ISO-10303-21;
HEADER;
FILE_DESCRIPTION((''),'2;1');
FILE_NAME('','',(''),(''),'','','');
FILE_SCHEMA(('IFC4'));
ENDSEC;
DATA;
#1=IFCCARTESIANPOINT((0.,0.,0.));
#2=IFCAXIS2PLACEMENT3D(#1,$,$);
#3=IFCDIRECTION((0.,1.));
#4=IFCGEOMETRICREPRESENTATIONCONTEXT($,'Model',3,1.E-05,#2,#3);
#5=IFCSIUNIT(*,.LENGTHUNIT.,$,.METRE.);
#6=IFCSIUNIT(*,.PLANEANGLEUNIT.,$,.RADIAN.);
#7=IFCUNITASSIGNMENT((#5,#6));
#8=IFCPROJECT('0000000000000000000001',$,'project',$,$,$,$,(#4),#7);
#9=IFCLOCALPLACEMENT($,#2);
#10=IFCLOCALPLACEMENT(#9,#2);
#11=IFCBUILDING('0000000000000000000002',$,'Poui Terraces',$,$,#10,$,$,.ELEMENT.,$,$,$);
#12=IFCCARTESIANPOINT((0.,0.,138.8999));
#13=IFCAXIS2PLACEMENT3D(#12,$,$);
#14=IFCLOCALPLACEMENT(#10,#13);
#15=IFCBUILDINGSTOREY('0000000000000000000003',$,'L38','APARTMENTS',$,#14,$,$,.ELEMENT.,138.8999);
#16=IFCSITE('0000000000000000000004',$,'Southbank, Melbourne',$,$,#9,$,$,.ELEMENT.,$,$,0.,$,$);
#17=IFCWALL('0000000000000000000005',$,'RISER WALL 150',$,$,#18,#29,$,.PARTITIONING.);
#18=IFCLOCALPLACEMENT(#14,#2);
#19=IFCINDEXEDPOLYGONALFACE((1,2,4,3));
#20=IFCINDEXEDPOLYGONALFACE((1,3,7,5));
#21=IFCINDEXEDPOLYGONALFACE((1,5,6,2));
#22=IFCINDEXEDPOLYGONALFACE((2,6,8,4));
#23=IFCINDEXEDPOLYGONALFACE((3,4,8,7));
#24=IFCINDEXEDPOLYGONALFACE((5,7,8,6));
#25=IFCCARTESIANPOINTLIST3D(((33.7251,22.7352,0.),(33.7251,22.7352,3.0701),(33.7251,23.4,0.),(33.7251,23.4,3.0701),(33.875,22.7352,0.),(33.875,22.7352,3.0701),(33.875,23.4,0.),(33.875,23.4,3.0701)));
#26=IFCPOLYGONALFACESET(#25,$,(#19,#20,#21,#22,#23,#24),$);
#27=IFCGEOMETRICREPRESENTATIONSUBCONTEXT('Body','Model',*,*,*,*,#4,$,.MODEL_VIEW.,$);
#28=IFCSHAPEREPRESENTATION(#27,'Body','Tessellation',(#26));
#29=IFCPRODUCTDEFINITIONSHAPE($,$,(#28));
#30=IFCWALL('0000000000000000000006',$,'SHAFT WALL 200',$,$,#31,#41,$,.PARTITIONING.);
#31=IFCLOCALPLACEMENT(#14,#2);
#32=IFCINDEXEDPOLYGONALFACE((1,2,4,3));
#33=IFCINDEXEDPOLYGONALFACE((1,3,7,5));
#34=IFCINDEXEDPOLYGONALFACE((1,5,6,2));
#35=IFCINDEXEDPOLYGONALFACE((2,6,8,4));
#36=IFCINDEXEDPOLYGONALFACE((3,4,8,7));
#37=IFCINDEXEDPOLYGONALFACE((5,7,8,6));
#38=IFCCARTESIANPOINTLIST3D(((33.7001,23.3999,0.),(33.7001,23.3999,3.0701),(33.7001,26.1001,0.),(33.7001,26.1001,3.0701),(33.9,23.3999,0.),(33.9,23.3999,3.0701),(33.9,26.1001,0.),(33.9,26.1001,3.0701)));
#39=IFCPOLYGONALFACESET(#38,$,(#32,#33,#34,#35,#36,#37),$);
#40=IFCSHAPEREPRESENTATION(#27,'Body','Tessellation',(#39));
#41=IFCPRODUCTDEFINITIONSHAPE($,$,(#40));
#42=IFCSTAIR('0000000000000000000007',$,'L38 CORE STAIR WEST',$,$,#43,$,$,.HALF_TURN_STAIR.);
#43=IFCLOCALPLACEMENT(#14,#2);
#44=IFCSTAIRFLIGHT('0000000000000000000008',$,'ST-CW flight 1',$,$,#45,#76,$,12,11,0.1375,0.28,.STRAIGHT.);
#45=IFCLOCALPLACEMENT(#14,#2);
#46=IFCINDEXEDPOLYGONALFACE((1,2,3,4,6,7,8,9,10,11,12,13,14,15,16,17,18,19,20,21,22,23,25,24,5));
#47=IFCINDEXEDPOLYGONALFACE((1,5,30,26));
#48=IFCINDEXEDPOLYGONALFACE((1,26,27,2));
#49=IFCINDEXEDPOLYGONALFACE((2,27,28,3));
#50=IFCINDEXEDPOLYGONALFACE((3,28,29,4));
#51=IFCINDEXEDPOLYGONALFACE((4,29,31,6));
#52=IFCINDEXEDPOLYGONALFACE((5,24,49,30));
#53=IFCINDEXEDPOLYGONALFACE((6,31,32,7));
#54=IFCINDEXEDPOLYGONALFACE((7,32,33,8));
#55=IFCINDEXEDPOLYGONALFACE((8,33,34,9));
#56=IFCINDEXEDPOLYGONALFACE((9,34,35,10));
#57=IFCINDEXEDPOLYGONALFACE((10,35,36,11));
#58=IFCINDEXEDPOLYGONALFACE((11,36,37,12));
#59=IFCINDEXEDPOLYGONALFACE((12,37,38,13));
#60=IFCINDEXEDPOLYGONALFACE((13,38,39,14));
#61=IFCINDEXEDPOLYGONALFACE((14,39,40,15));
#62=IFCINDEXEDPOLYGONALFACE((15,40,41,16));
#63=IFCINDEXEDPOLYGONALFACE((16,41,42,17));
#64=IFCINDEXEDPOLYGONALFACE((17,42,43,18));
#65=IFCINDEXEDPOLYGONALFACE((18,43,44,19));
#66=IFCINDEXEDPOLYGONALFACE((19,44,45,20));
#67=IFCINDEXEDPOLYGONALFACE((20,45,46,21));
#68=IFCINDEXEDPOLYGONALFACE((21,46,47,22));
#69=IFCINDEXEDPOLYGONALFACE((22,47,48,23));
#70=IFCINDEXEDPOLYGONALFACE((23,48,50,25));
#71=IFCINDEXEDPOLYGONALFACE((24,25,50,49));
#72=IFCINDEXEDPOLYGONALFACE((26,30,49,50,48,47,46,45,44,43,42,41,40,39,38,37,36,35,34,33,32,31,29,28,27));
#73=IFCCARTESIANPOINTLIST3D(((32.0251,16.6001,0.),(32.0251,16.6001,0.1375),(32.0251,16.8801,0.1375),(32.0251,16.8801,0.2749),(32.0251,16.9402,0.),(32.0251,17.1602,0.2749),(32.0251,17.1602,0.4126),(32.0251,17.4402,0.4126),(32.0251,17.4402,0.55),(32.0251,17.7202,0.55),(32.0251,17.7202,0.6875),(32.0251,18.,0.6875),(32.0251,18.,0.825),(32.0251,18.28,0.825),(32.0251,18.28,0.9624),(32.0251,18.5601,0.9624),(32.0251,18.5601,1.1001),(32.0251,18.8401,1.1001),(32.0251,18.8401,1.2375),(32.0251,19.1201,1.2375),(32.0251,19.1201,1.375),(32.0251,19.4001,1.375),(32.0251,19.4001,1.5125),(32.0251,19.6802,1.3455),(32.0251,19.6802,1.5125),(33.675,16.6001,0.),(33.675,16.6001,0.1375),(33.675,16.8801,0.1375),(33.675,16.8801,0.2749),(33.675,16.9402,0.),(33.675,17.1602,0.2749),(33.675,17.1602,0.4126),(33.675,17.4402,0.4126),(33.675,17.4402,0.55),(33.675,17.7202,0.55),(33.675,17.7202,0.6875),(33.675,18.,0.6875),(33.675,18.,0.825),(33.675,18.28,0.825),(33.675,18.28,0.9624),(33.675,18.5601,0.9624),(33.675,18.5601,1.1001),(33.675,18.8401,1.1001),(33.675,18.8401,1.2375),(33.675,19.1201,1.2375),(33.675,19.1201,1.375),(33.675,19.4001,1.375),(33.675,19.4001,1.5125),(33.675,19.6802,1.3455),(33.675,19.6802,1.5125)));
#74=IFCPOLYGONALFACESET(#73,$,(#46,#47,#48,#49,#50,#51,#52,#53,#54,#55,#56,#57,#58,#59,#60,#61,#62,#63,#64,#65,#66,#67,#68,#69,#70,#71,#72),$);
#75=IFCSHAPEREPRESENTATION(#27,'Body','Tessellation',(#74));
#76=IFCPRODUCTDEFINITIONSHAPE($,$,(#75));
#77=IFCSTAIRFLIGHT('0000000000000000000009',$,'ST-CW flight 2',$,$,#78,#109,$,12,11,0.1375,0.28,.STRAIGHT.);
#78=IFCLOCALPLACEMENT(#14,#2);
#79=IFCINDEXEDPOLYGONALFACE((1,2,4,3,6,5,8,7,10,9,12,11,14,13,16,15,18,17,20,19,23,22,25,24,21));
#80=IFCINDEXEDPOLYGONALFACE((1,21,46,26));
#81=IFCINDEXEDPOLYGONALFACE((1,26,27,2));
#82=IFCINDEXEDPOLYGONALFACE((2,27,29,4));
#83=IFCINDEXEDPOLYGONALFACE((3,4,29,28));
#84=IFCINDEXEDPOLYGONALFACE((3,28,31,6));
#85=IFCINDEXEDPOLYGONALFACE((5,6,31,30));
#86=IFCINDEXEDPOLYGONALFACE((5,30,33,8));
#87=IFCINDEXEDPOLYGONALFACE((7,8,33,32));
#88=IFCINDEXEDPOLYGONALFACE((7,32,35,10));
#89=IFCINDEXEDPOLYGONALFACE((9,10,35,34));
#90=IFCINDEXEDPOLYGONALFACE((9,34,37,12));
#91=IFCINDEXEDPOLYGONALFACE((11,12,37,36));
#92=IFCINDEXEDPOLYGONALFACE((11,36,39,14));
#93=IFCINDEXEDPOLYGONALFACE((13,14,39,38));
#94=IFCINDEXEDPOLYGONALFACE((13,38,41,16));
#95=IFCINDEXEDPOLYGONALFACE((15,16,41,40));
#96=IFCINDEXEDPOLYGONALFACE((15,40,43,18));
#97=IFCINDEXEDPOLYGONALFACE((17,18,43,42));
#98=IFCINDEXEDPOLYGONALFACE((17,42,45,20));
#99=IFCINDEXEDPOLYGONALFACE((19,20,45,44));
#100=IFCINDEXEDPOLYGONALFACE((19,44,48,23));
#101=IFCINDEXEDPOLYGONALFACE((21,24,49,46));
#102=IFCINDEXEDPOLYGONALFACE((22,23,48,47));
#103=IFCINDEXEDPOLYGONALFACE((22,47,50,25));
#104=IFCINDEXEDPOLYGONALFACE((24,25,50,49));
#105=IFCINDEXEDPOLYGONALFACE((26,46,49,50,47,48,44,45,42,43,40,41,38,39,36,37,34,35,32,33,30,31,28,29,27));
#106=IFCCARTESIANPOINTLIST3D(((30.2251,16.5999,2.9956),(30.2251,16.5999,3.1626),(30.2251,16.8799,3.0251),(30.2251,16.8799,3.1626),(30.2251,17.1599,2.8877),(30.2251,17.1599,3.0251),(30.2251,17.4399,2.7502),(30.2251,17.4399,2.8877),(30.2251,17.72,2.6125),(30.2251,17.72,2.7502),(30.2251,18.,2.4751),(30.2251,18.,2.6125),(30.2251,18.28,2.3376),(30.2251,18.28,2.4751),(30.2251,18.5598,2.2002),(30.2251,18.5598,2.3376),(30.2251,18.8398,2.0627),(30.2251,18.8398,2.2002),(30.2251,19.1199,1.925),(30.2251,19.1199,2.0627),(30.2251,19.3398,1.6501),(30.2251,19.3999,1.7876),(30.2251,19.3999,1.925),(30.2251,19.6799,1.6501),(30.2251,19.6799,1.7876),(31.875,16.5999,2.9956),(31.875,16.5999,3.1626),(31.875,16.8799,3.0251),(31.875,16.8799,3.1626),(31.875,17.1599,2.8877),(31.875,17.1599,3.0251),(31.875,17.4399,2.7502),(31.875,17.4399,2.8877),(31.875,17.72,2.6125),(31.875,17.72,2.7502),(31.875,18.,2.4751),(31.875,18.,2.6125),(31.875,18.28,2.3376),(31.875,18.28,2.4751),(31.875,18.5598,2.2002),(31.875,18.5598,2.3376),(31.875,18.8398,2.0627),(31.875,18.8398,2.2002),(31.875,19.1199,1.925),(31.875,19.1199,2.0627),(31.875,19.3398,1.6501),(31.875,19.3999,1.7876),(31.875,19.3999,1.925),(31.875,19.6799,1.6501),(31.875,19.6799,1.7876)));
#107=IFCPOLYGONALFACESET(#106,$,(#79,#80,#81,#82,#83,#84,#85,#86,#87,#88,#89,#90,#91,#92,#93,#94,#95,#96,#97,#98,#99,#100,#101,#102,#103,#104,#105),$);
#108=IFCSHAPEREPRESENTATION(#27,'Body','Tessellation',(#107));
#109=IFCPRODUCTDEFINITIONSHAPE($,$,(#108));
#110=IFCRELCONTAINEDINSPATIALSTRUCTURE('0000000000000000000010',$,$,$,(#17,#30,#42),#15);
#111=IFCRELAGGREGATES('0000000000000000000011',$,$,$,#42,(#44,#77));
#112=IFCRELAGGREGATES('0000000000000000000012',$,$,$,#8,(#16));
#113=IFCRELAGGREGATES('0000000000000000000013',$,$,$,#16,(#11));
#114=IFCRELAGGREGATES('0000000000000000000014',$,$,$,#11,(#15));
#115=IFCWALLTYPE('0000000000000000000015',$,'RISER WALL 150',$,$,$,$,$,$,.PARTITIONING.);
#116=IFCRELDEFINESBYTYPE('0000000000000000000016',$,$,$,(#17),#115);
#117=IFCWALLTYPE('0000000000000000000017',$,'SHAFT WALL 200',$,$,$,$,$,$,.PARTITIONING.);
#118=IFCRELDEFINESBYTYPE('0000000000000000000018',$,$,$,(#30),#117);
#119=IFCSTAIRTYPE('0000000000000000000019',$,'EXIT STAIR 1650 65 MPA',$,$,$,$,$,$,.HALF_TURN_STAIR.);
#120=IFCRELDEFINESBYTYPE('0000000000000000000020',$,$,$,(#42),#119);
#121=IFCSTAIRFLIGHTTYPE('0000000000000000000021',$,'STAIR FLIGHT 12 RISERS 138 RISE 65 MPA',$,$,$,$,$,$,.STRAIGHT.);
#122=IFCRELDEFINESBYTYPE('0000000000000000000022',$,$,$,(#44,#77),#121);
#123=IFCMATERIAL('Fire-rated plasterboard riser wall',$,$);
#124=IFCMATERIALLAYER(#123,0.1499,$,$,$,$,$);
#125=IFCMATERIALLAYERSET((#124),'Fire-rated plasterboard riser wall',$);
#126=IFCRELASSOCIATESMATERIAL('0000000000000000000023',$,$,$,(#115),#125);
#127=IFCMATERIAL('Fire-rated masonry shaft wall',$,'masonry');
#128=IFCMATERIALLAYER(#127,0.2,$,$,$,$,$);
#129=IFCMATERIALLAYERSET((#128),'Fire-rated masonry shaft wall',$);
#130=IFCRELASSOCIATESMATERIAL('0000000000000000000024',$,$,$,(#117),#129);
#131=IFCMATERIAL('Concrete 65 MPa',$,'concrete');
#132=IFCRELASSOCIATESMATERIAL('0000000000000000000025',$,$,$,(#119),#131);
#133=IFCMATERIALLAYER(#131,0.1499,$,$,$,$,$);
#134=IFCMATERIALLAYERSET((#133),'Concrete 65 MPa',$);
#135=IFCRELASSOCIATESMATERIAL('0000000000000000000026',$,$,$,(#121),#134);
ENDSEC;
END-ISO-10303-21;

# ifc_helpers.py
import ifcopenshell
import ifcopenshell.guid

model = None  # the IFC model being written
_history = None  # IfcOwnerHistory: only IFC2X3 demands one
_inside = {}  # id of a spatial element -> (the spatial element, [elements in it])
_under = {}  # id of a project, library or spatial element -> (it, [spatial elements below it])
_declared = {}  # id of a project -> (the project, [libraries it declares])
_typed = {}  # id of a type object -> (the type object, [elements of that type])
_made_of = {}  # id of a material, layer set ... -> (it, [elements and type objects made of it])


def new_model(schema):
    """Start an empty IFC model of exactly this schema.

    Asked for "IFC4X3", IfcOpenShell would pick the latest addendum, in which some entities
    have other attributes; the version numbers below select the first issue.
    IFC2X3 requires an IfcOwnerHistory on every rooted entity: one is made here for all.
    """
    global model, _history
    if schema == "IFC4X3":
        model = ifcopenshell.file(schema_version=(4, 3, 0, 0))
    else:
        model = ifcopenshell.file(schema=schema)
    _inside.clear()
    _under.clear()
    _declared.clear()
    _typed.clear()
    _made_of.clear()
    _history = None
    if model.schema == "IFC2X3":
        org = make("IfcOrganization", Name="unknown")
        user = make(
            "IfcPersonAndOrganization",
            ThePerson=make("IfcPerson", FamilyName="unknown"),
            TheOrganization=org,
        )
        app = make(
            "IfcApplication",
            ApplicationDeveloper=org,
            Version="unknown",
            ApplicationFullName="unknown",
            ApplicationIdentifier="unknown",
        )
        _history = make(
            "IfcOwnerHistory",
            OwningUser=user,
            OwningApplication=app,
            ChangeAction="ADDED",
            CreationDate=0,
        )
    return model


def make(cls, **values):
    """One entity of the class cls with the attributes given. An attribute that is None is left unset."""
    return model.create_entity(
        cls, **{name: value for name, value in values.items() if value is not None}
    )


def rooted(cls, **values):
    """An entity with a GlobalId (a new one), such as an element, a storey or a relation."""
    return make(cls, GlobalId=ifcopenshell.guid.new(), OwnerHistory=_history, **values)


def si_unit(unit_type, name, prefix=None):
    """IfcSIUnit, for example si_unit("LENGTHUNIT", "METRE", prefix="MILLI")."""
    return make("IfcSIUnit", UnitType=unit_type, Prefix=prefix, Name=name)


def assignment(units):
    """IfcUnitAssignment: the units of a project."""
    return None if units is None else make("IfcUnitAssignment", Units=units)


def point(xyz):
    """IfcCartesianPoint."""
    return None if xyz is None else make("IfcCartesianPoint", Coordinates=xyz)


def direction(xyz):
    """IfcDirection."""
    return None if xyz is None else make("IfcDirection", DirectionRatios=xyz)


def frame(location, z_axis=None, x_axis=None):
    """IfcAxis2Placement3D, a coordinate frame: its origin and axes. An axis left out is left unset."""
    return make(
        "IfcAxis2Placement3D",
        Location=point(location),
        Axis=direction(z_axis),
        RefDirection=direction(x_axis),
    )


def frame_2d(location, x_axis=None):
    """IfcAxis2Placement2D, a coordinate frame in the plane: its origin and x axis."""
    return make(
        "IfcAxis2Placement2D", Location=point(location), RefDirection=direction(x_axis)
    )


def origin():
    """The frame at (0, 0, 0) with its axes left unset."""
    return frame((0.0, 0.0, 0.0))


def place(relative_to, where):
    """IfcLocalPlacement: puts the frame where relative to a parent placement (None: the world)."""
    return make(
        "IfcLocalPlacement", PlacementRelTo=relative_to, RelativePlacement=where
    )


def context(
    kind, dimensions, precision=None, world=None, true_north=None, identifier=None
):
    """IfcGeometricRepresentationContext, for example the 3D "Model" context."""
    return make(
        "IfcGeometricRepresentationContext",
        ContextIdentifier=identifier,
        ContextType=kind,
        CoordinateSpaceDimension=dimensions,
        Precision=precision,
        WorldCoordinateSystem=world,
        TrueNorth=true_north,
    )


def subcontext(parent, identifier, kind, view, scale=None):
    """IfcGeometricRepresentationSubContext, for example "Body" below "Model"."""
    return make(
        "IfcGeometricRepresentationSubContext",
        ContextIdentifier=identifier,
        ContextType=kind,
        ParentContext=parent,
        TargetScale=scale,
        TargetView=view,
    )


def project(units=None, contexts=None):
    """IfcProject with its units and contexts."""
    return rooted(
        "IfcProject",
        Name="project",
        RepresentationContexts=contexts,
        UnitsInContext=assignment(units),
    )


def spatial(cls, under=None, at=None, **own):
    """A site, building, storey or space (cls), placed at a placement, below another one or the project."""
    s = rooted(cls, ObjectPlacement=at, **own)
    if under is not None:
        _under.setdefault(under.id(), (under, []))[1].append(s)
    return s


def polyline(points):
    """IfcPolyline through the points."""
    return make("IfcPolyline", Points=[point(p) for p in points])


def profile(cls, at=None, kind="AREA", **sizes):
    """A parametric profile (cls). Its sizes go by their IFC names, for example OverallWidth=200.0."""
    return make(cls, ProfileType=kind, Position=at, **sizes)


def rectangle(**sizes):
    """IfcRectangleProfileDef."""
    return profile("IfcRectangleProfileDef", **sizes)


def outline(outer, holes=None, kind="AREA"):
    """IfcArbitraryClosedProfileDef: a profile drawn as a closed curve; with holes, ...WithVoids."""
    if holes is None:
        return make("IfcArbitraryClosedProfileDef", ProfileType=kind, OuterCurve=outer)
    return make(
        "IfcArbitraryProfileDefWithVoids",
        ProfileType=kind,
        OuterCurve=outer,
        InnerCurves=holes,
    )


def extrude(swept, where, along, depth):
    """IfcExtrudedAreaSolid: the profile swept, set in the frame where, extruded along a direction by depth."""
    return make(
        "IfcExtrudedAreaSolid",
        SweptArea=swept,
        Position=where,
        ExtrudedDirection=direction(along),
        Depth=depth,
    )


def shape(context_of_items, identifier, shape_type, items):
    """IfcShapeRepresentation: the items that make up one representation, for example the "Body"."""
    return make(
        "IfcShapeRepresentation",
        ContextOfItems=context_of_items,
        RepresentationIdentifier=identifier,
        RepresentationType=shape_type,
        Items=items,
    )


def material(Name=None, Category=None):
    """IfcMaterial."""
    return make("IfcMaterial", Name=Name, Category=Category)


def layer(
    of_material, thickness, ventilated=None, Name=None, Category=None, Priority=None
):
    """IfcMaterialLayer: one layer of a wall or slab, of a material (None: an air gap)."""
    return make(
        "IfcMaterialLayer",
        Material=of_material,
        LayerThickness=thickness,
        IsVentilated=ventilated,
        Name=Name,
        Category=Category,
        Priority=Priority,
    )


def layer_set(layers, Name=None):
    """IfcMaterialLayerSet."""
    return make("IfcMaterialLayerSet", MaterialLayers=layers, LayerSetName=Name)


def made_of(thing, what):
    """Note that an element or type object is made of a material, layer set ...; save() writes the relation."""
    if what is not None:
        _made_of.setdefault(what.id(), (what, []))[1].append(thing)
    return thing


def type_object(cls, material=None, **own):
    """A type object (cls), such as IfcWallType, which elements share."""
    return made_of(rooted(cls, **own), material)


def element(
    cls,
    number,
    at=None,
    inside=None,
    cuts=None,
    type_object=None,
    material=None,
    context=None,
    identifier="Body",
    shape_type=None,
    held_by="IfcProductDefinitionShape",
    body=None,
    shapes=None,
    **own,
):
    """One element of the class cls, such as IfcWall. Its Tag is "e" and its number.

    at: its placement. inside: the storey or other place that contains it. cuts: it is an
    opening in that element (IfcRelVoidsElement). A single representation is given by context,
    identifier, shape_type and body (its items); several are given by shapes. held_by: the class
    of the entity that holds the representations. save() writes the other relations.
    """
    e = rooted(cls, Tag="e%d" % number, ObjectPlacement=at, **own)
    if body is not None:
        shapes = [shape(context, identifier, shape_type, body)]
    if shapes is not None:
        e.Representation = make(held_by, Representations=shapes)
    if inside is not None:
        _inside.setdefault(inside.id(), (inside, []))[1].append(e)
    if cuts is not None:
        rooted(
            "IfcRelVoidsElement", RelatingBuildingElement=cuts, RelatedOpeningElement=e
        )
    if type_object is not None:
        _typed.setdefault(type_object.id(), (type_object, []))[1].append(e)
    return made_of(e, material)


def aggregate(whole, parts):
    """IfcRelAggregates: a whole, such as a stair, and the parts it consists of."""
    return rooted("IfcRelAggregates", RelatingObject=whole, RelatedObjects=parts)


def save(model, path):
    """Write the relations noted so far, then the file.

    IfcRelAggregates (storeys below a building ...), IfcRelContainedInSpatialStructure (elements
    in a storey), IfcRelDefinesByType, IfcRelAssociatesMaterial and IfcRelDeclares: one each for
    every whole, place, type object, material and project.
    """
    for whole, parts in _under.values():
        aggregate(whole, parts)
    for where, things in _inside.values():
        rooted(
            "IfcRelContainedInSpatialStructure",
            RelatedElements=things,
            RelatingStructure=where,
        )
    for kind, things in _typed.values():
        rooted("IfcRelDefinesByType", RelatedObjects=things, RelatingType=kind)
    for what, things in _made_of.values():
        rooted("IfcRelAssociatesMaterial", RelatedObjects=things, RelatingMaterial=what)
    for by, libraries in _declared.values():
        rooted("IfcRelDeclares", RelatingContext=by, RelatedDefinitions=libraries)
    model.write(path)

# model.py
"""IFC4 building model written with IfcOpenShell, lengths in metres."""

from ifc_helpers import new_model, si_unit, direction, frame, frame_2d, origin, place, context, subcontext, project, spatial, polyline, rectangle, outline, extrude, material, layer, layer_set, type_object, element, aggregate, save


model = new_model("IFC4")

# Units and contexts
model_context = context("Model", 3, precision=1e-05, world=origin(), true_north=direction((0.0, 1.0)))
body_context = subcontext(model_context, "Body", "Model", "MODEL_VIEW")
ifc_project = project(units=[si_unit("LENGTHUNIT", "METRE"), si_unit("PLANEANGLEUNIT", "RADIAN")], contexts=[model_context])

# Site, building, storey
site_placement = place(None, origin())
site = spatial("IfcSite", under=ifc_project, at=site_placement, Name="Southbank, Melbourne", CompositionType="ELEMENT", RefElevation=0.0)
building_placement = place(site_placement, origin())
building = spatial("IfcBuilding", under=site, at=building_placement, Name="Poui Terraces", CompositionType="ELEMENT")
storey_placement = place(building_placement, frame((0.0, 0.0, 138.8999)))
storey = spatial("IfcBuildingStorey", under=building, at=storey_placement, Name="L38", Description="APARTMENTS", CompositionType="ELEMENT", Elevation=138.8999)

# Shared definitions
ifc_material_1 = material(Name="Concrete 65 MPa", Category="concrete")

# Walls
ifc_material_2 = material(Name="Fire-rated plasterboard riser wall")
ifc_layer_1 = layer(ifc_material_2, 0.1499)
ifc_layer_set_1 = layer_set([ifc_layer_1], Name="Fire-rated plasterboard riser wall")
wall_type_1 = type_object("IfcWallType", Name="RISER WALL 150", PredefinedType="PARTITIONING", material=ifc_layer_set_1)
wall_1_placement = place(storey_placement, frame((33.8, 22.7351, 0.0), z_axis=(0.0, 0.0, 1.0), x_axis=(0.0, 1.0, 0.0)))
element("IfcWall", 1, at=wall_1_placement, inside=storey, type_object=wall_type_1, Name="RISER WALL 150", PredefinedType="PARTITIONING", context=body_context, shape_type="SweptSolid", body=[
    extrude(rectangle(XDim=0.6648, YDim=0.1499, at=frame_2d((0.3325, 0.0))), origin(), (0.0, 0.0, 1.0), 3.0701),
])
ifc_material_3 = material(Name="Fire-rated masonry shaft wall", Category="masonry")
ifc_layer_2 = layer(ifc_material_3, 0.2)
ifc_layer_set_2 = layer_set([ifc_layer_2], Name="Fire-rated masonry shaft wall")
wall_type_2 = type_object("IfcWallType", Name="SHAFT WALL 200", PredefinedType="PARTITIONING", material=ifc_layer_set_2)
wall_2_placement = place(storey_placement, frame((33.8, 23.3999, 0.0), z_axis=(0.0, 0.0, 1.0), x_axis=(0.0, 1.0, 0.0)))
element("IfcWall", 2, at=wall_2_placement, inside=storey, type_object=wall_type_2, Name="SHAFT WALL 200", PredefinedType="PARTITIONING", context=body_context, shape_type="SweptSolid", body=[
    extrude(rectangle(XDim=2.7002, YDim=0.2, at=frame_2d((1.3501, 0.0))), origin(), (0.0, 0.0, 1.0), 3.0701),
])

# Stair, stair flights
stair_type = type_object("IfcStairType", Name="EXIT STAIR 1650 65 MPA", PredefinedType="HALF_TURN_STAIR", material=ifc_material_1)
stair_placement = place(storey_placement, origin())
stair = element("IfcStair", 3, at=stair_placement, inside=storey, type_object=stair_type, Name="L38 CORE STAIR WEST", PredefinedType="HALF_TURN_STAIR")
ifc_layer_3 = layer(ifc_material_1, 0.1499)
ifc_layer_set_3 = layer_set([ifc_layer_3], Name="Concrete 65 MPa")
stair_flight_type = type_object("IfcStairFlightType", Name="STAIR FLIGHT 12 RISERS 138 RISE 65 MPA", PredefinedType="STRAIGHT", material=ifc_layer_set_3)
stair_flight_1_placement = place(storey_placement, frame((32.8501, 16.6001, 0.0), z_axis=(0.0, 0.0, 1.0), x_axis=(0.0, 1.0, 0.0)))
stair_flight_1 = element("IfcStairFlight", 4, at=stair_flight_1_placement, type_object=stair_flight_type, Name="ST-CW flight 1", NumberOfRisers=12, NumberOfTreads=11, PredefinedType="STRAIGHT", RiserHeight=0.1375, TreadLength=0.28, context=body_context, shape_type="SweptSolid", body=[
    extrude(outline(polyline([(0.0, 0.0), (0.0, 0.1375), (0.28, 0.1375), (0.28, 0.2749), (0.5601, 0.2749), (0.5601, 0.4126), (0.8401, 0.4126), (0.8401, 0.55), (1.1201, 0.55), (1.1201, 0.6875), (1.3999, 0.6875), (1.3999, 0.825), (1.6799, 0.825), (1.6799, 0.9624), (1.96, 0.9624), (1.96, 1.1001), (2.24, 1.1001), (2.24, 1.2375), (2.52, 1.2375), (2.52, 1.375), (2.8, 1.375), (2.8, 1.5125), (3.0801, 1.5125), (3.0801, 1.6499), (3.0801, 1.3455), (0.3401, 0.0), (0.0, 0.0)])), frame((0.0, 0.825, 0.0), z_axis=(0.0, -1.0, 0.0), x_axis=(1.0, 0.0, 0.0)), (0.0, 0.0, 1.0), 1.6499),
])
stair_flight_2_placement = place(storey_placement, frame((31.05, 19.6799, 1.6501), z_axis=(0.0, 0.0, 1.0), x_axis=(0.0, -1.0, 0.0)))
stair_flight_2 = element("IfcStairFlight", 5, at=stair_flight_2_placement, type_object=stair_flight_type, Name="ST-CW flight 2", NumberOfRisers=12, NumberOfTreads=11, PredefinedType="STRAIGHT", RiserHeight=0.1375, TreadLength=0.28, context=body_context, shape_type="SweptSolid", body=[
    extrude(outline(polyline([(0.0, 0.0), (0.0, 0.1375), (0.28, 0.1375), (0.28, 0.2749), (0.5601, 0.2749), (0.5601, 0.4126), (0.8401, 0.4126), (0.8401, 0.55), (1.1201, 0.55), (1.1201, 0.6875), (1.3999, 0.6875), (1.3999, 0.825), (1.6799, 0.825), (1.6799, 0.9624), (1.96, 0.9624), (1.96, 1.1001), (2.24, 1.1001), (2.24, 1.2375), (2.52, 1.2375), (2.52, 1.375), (2.8, 1.375), (2.8, 1.5125), (3.0801, 1.5125), (3.0801, 1.6499), (3.0801, 1.3455), (0.3401, 0.0), (0.0, 0.0)])), frame((0.0, 0.825, 0.0), z_axis=(0.0, -1.0, 0.0), x_axis=(1.0, 0.0, 0.0)), (0.0, 0.0, 1.0), 1.6499),
])
aggregate(stair, [stair_flight_1, stair_flight_2])

save(model, "model.ifc")
